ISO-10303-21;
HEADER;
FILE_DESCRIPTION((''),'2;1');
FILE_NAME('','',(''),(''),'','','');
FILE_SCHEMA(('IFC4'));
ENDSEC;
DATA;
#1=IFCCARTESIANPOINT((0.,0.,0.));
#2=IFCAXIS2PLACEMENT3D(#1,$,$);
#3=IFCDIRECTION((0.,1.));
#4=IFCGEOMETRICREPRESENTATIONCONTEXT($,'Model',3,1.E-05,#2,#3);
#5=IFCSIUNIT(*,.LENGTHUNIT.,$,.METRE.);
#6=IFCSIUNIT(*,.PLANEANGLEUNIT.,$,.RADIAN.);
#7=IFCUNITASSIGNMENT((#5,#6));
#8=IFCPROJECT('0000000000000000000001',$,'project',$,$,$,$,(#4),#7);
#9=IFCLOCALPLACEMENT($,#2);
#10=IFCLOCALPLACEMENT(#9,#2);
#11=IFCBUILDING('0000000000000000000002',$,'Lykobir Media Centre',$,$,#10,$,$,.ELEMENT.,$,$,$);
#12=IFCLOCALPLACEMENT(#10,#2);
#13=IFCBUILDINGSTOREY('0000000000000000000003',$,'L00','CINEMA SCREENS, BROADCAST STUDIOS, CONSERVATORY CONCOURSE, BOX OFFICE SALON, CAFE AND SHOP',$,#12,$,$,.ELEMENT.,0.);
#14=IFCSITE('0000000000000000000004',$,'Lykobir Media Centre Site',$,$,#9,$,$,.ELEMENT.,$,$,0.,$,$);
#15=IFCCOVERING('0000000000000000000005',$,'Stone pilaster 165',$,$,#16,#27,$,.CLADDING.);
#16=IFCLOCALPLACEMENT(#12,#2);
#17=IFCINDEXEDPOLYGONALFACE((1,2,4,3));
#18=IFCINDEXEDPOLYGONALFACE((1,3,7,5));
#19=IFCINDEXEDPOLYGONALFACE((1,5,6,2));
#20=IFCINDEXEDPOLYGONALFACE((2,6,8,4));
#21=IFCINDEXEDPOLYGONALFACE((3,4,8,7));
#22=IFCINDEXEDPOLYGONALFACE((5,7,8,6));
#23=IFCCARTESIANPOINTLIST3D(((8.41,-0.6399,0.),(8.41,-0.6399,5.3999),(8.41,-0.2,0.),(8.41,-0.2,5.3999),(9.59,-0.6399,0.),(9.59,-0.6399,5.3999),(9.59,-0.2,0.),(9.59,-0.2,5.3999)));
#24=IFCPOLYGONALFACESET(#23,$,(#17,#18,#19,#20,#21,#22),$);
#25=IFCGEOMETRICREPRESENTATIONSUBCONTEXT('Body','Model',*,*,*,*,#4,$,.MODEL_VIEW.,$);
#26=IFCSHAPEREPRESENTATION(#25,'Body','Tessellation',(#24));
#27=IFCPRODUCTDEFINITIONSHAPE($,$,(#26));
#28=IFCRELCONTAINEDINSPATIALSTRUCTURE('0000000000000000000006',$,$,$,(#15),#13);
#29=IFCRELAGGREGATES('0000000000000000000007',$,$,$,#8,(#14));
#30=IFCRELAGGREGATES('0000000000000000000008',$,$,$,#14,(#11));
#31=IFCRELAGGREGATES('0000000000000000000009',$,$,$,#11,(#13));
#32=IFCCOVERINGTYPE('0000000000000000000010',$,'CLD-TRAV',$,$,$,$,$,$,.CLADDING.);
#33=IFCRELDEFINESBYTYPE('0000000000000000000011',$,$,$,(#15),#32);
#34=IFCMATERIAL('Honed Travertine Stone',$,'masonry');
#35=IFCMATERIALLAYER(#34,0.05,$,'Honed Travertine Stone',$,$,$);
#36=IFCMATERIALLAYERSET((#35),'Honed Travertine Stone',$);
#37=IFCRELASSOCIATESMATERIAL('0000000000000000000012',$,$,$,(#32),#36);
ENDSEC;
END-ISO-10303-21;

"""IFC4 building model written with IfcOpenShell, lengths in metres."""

from ifc_helpers import new_model, si_unit, direction, frame, origin, origin_2d, place, context, subcontext, project, spatial, rectangle, extrude, material, layer, layer_set, type_object, element, save


model = new_model("IFC4")

# Units and contexts
model_context = context("Model", 3, precision=1e-05, world=origin(), true_north=direction((0.0, 1.0)))
body_context = subcontext(model_context, "Body", "Model", "MODEL_VIEW")
ifc_project = project(units=[si_unit("LENGTHUNIT", "METRE"), si_unit("PLANEANGLEUNIT", "RADIAN")], contexts=[model_context])

# Site, building, storey
site_placement = place(None, origin())
site = spatial("IfcSite", under=ifc_project, at=site_placement, Name="Lykobir Media Centre Site", CompositionType="ELEMENT", RefElevation=0.0)
building_placement = place(site_placement, origin())
building = spatial("IfcBuilding", under=site, at=building_placement, Name="Lykobir Media Centre", CompositionType="ELEMENT")
storey_placement = place(building_placement, origin())
storey = spatial("IfcBuildingStorey", under=building, at=storey_placement, Name="L00", Description="CINEMA SCREENS, BROADCAST STUDIOS, CONSERVATORY CONCOURSE, BOX OFFICE SALON, CAFE AND SHOP", CompositionType="ELEMENT", Elevation=0.0)

# Covering
ifc_material_1 = material(Name="Honed Travertine Stone", Category="masonry")
ifc_layer_1 = layer(ifc_material_1, 0.05, Name="Honed Travertine Stone")
ifc_layer_set_1 = layer_set([ifc_layer_1], Name="Honed Travertine Stone")
covering_type = type_object("IfcCoveringType", Name="CLD-TRAV", PredefinedType="CLADDING", material=ifc_layer_set_1)
for number, where, z_axis, x_axis, name in (
    (1, (9.0, -0.4199, 0.0), (0.0, 0.0, 1.0), (1.0, 0.0, 0.0), "Stone pilaster 165"),
):
    element("IfcCovering", number, at=place(storey_placement, frame(where, z_axis=z_axis, x_axis=x_axis)), inside=storey, type_object=covering_type, Name=name, PredefinedType="CLADDING", context=body_context, shape_type="SweptSolid", body=[
        extrude(rectangle(XDim=1.1799, YDim=0.4399, at=origin_2d()), origin(), (0.0, 0.0, 1.0), 5.3999),
    ])

save(model, "model.ifc")
